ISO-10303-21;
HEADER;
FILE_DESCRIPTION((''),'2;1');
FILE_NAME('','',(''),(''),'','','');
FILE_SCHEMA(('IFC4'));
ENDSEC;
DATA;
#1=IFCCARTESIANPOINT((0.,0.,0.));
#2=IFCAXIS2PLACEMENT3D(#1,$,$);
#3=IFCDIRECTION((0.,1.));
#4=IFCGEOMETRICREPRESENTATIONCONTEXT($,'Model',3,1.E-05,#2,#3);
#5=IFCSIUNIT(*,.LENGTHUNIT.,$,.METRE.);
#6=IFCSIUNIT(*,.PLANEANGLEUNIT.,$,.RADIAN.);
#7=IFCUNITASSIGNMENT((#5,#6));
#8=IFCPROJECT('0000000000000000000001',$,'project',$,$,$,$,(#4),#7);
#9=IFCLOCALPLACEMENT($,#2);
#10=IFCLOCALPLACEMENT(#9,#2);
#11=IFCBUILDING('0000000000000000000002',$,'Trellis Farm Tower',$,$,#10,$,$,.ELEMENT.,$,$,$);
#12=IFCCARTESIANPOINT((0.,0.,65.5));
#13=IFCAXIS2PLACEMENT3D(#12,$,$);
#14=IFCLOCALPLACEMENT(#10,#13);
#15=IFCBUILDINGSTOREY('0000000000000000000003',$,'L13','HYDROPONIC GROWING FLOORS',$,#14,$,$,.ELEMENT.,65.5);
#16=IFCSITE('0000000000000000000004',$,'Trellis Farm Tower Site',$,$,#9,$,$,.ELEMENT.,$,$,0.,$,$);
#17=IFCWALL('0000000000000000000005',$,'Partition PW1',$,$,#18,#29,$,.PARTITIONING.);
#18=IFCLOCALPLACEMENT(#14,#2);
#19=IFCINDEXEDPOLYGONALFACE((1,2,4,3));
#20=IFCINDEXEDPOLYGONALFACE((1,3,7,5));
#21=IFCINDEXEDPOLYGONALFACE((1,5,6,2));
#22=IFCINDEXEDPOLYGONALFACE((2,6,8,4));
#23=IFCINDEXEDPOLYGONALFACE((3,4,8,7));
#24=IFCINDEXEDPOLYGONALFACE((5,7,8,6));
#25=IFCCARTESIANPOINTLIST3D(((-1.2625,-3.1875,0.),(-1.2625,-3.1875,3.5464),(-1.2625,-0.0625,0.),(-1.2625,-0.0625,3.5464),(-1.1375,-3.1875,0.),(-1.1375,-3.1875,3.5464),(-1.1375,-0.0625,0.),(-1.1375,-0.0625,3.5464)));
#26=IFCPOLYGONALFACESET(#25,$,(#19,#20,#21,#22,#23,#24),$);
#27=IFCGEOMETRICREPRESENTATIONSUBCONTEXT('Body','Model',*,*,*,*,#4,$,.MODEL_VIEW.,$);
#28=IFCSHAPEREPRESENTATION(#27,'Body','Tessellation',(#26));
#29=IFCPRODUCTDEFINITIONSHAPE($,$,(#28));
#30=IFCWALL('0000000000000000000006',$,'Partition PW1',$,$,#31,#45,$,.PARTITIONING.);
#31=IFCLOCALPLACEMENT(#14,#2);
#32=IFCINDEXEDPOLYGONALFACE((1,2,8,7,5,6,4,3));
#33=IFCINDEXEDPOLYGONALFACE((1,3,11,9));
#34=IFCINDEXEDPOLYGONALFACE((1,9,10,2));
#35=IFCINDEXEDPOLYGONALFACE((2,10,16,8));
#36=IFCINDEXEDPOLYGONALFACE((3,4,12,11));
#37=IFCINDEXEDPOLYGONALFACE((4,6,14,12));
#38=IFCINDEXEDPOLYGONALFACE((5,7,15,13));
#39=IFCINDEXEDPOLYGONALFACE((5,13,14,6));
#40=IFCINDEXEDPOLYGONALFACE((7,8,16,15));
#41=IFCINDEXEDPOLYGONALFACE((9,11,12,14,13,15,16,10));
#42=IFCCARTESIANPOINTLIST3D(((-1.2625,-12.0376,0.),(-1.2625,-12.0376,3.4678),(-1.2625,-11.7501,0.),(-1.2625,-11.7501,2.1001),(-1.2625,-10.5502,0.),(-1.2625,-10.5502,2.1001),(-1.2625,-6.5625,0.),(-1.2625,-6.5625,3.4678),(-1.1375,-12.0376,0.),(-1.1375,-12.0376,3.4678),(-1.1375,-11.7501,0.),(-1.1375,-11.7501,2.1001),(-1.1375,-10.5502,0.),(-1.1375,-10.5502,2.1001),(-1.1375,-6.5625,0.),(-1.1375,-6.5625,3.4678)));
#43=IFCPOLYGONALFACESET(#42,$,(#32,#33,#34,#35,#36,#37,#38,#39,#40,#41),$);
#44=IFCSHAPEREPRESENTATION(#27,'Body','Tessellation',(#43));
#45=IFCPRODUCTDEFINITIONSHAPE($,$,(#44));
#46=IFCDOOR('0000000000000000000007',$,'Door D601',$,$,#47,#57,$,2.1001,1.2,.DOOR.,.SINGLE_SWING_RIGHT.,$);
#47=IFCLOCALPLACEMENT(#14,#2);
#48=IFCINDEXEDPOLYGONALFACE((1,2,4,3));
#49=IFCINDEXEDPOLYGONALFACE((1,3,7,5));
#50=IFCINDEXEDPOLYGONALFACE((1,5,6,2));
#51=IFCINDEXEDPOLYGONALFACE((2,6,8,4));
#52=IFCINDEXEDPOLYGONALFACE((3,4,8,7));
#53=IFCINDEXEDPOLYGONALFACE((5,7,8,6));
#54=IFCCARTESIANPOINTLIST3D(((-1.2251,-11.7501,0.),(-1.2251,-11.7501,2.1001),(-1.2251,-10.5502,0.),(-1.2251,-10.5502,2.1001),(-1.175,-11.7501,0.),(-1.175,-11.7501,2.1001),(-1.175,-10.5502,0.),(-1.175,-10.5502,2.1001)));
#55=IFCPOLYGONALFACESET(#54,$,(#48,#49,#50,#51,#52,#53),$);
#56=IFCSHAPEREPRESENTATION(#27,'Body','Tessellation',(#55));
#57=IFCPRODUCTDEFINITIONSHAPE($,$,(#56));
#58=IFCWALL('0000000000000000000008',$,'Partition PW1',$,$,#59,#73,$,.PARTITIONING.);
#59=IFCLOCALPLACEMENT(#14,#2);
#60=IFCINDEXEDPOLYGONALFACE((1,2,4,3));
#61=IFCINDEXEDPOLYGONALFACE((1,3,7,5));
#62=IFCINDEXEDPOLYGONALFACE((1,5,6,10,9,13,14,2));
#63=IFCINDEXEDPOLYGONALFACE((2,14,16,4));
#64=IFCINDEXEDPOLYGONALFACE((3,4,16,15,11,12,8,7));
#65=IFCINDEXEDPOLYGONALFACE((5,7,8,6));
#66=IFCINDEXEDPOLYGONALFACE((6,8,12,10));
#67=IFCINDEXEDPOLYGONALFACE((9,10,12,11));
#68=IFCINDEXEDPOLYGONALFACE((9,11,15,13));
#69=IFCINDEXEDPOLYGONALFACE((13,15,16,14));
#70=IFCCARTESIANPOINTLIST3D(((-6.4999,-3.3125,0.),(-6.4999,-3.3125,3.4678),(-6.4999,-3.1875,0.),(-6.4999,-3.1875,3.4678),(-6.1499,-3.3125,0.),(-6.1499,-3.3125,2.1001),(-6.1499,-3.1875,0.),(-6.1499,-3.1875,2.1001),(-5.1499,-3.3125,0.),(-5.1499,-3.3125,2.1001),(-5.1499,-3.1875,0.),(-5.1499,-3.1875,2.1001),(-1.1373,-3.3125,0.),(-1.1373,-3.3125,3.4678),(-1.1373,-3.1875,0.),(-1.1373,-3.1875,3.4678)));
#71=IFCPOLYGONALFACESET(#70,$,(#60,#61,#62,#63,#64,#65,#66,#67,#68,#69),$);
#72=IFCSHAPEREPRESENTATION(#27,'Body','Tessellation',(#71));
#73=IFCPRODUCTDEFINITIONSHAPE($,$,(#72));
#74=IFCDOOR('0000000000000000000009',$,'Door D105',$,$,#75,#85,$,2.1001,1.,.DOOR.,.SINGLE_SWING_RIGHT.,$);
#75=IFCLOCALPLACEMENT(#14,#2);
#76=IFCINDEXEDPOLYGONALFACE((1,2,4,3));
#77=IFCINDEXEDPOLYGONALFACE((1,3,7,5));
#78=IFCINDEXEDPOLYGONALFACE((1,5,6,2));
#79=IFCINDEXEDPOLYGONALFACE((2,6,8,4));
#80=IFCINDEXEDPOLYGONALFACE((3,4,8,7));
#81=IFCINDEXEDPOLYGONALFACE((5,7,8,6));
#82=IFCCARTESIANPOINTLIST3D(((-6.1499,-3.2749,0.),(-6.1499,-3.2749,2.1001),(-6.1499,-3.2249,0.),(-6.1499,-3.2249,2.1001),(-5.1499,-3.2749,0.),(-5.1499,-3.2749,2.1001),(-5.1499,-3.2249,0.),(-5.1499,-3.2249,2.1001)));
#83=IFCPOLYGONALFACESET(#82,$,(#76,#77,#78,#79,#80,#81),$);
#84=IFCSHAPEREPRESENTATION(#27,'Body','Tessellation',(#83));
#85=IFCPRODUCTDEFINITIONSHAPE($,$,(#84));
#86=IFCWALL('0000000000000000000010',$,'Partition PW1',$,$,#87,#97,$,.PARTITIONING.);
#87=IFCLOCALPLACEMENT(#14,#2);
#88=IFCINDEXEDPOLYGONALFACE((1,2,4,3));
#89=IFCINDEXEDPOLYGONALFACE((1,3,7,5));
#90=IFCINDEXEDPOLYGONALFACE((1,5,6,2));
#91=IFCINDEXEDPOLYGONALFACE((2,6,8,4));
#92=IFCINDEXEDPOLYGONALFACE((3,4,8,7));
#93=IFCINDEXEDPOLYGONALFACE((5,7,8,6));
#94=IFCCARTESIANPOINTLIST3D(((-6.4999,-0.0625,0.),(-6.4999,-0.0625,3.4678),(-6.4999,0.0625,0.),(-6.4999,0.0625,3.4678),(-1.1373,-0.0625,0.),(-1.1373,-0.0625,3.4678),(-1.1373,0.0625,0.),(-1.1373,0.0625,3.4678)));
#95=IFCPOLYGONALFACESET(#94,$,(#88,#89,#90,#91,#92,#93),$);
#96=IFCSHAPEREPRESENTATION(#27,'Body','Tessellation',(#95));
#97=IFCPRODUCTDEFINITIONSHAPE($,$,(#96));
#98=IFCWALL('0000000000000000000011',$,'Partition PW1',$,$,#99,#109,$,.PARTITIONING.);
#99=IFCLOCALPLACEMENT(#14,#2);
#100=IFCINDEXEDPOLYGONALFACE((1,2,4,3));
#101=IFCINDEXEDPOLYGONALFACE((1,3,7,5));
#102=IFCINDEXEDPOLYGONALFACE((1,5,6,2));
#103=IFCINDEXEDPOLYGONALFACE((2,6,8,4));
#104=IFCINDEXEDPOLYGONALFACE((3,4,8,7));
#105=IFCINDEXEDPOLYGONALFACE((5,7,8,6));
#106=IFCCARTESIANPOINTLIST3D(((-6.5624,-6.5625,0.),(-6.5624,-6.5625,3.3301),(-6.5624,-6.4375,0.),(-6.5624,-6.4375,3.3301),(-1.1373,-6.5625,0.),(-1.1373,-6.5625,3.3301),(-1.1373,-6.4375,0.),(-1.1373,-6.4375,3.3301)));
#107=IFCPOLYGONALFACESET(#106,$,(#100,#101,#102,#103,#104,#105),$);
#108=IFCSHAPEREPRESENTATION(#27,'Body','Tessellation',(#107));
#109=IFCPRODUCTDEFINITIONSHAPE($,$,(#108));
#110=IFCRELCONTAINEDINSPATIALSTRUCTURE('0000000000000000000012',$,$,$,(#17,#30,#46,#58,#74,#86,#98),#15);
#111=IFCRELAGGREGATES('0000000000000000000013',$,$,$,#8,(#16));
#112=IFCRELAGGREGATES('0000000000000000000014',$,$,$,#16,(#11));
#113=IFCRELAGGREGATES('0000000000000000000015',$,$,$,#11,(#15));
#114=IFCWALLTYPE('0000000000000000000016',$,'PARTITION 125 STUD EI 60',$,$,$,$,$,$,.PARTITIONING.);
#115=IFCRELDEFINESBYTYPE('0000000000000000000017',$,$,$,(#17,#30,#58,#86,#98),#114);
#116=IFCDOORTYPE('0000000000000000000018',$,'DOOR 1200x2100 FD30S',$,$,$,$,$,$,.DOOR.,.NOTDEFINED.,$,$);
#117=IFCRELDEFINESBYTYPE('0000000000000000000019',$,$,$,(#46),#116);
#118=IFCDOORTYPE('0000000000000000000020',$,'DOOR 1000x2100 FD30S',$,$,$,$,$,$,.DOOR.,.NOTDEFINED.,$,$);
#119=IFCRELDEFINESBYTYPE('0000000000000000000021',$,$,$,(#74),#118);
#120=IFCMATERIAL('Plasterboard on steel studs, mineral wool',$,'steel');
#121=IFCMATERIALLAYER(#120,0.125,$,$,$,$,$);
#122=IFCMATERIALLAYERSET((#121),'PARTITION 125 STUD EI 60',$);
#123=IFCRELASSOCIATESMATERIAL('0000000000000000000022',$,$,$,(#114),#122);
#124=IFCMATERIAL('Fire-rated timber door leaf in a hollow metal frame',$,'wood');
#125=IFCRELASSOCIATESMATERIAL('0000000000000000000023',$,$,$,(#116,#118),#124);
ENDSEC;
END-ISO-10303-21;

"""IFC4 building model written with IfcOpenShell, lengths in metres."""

from ifc_helpers import new_model, si_unit, direction, frame, frame_2d, origin, place, context, subcontext, project, spatial, rectangle, extrude, source, transform, mapped, material, layer, layer_set, type_object, element, fill, save


model = new_model("IFC4")

# Units and contexts
model_context = context("Model", 3, precision=1e-05, world=origin(), true_north=direction((0.0, 1.0)))
body_context = subcontext(model_context, "Body", "Model", "MODEL_VIEW")
ifc_project = project(units=[si_unit("LENGTHUNIT", "METRE"), si_unit("PLANEANGLEUNIT", "RADIAN")], contexts=[model_context])

# Site, building, storey
site_placement = place(None, origin())
site = spatial("IfcSite", under=ifc_project, at=site_placement, Name="Trellis Farm Tower Site", CompositionType="ELEMENT", RefElevation=0.0)
building_placement = place(site_placement, origin())
building = spatial("IfcBuilding", under=site, at=building_placement, Name="Trellis Farm Tower", CompositionType="ELEMENT")
storey_placement = place(building_placement, frame((0.0, 0.0, 65.5)))
storey = spatial("IfcBuildingStorey", under=building, at=storey_placement, Name="L13", Description="HYDROPONIC GROWING FLOORS", CompositionType="ELEMENT", Elevation=65.5)

# Wall
ifc_material_1 = material(Name="Plasterboard on steel studs, mineral wool", Category="steel")
ifc_layer_1 = layer(ifc_material_1, 0.125)
ifc_layer_set_1 = layer_set([ifc_layer_1], Name="PARTITION 125 STUD EI 60")
wall_type = type_object("IfcWallType", Name="PARTITION 125 STUD EI 60", PredefinedType="PARTITIONING", material=ifc_layer_set_1)
shared_shape_1 = source(origin(), body_context, "Body", "SweptSolid", [
    extrude(rectangle(XDim=3.125, YDim=0.125, at=frame_2d((1.5625, 0.0))), origin(), (0.0, 0.0, 1.0), 3.5464),
])
wall_1_placement = place(storey_placement, frame((-1.2, -0.0625, 0.0), z_axis=(0.0, 0.0, 1.0), x_axis=(0.0, -1.0, 0.0)))
element("IfcWall", 1, at=wall_1_placement, inside=storey, type_object=wall_type, Name="Partition PW1", PredefinedType="PARTITIONING", context=body_context, shape_type="MappedRepresentation", body=[
    mapped(shared_shape_1, transform((0.0, 0.0, 0.0))),
])

# Walls, openings, doors
shared_shape_2 = source(origin(), body_context, "Body", "SweptSolid", [
    extrude(rectangle(XDim=5.4751, YDim=0.125, at=frame_2d((2.7375, 0.0))), origin(), (0.0, 0.0, 1.0), 3.4678),
])
wall_2_placement = place(storey_placement, frame((-1.2, -6.5625, 0.0), z_axis=(0.0, 0.0, 1.0), x_axis=(0.0, -1.0, 0.0)))
wall_2 = element("IfcWall", 2, at=wall_2_placement, inside=storey, type_object=wall_type, Name="Partition PW1", PredefinedType="PARTITIONING", context=body_context, shape_type="MappedRepresentation", body=[
    mapped(shared_shape_2, transform((0.0, 0.0, 0.0))),
])
shared_shape_3 = source(origin(), body_context, "Body", "SweptSolid", [
    extrude(rectangle(XDim=1.2, YDim=2.1001, at=frame_2d((0.6001, 1.05))), frame((0.0, 0.0725, 0.0), z_axis=(0.0, -1.0, 0.0), x_axis=(1.0, 0.0, 0.0)), (0.0, 0.0, 1.0), 0.145),
])
opening_1_placement = place(wall_2_placement, frame((3.9875, 0.0, 0.0)))
opening_1 = element("IfcOpeningElement", 3, at=opening_1_placement, cuts=wall_2, PredefinedType="OPENING", context=body_context, shape_type="MappedRepresentation", body=[
    mapped(shared_shape_3, transform((0.0, 0.0, 0.0))),
])
ifc_material_2 = material(Name="Fire-rated timber door leaf in a hollow metal frame", Category="wood")
door_type_1 = type_object("IfcDoorType", Name="DOOR 1200x2100 FD30S", OperationType="NOTDEFINED", PredefinedType="DOOR", material=ifc_material_2)
shared_shape_4 = source(origin(), body_context, "Body", "SweptSolid", [
    extrude(rectangle(XDim=1.2, YDim=2.1001, at=frame_2d((0.6001, 1.05))), frame((0.0, 0.0249, 0.0), z_axis=(0.0, -1.0, 0.0), x_axis=(1.0, 0.0, 0.0)), (0.0, 0.0, 1.0), 0.05),
])
door_1_placement = place(opening_1_placement, origin())
door_1 = element("IfcDoor", 4, at=door_1_placement, inside=storey, type_object=door_type_1, Name="Door D601", OperationType="SINGLE_SWING_RIGHT", OverallHeight=2.1001, OverallWidth=1.2, PredefinedType="DOOR", context=body_context, shape_type="MappedRepresentation", body=[
    mapped(shared_shape_4, transform((0.0, 0.0, 0.0))),
])
fill(opening_1, door_1)
shared_shape_5 = source(origin(), body_context, "Body", "SweptSolid", [
    extrude(rectangle(XDim=5.3625, YDim=0.125, at=frame_2d((2.6812, 0.0))), origin(), (0.0, 0.0, 1.0), 3.4678),
])
wall_3_placement = place(storey_placement, frame((-1.1375, -3.25, 0.0), z_axis=(0.0, 0.0, 1.0), x_axis=(-1.0, 0.0, 0.0)))
wall_3 = element("IfcWall", 5, at=wall_3_placement, inside=storey, type_object=wall_type, Name="Partition PW1", PredefinedType="PARTITIONING", context=body_context, shape_type="MappedRepresentation", body=[
    mapped(shared_shape_5, transform((0.0, 0.0, 0.0))),
])
shared_shape_6 = source(origin(), body_context, "Body", "SweptSolid", [
    extrude(rectangle(XDim=1.0, YDim=2.1001, at=frame_2d((0.5, 1.05))), frame((0.0, 0.0725, 0.0), z_axis=(0.0, -1.0, 0.0), x_axis=(1.0, 0.0, 0.0)), (0.0, 0.0, 1.0), 0.145),
])
opening_2_placement = place(wall_3_placement, frame((4.0125, 0.0, 0.0)))
opening_2 = element("IfcOpeningElement", 6, at=opening_2_placement, cuts=wall_3, PredefinedType="OPENING", context=body_context, shape_type="MappedRepresentation", body=[
    mapped(shared_shape_6, transform((0.0, 0.0, 0.0))),
])
door_type_2 = type_object("IfcDoorType", Name="DOOR 1000x2100 FD30S", OperationType="NOTDEFINED", PredefinedType="DOOR", material=ifc_material_2)
shared_shape_7 = source(origin(), body_context, "Body", "SweptSolid", [
    extrude(rectangle(XDim=1.0, YDim=2.1001, at=frame_2d((0.5, 1.05))), frame((0.0, 0.0249, 0.0), z_axis=(0.0, -1.0, 0.0), x_axis=(1.0, 0.0, 0.0)), (0.0, 0.0, 1.0), 0.05),
])
door_2_placement = place(opening_2_placement, origin())
door_2 = element("IfcDoor", 7, at=door_2_placement, inside=storey, type_object=door_type_2, Name="Door D105", OperationType="SINGLE_SWING_RIGHT", OverallHeight=2.1001, OverallWidth=1.0, PredefinedType="DOOR", context=body_context, shape_type="MappedRepresentation", body=[
    mapped(shared_shape_7, transform((0.0, 0.0, 0.0))),
])
fill(opening_2, door_2)

# Walls
wall_4_placement = place(storey_placement, frame((-1.1375, 0.0, 0.0), z_axis=(0.0, 0.0, 1.0), x_axis=(-1.0, 0.0, 0.0)))
element("IfcWall", 8, at=wall_4_placement, inside=storey, type_object=wall_type, Name="Partition PW1", PredefinedType="PARTITIONING", context=body_context, shape_type="MappedRepresentation", body=[
    mapped(shared_shape_5, transform((0.0, 0.0, 0.0))),
])
shared_shape_8 = source(origin(), body_context, "Body", "SweptSolid", [
    extrude(rectangle(XDim=5.425, YDim=0.125, at=frame_2d((2.7124, 0.0))), origin(), (0.0, 0.0, 1.0), 3.3301),
])
wall_5_placement = place(storey_placement, frame((-1.1375, -6.5, 0.0), z_axis=(0.0, 0.0, 1.0), x_axis=(-1.0, 0.0, 0.0)))
element("IfcWall", 9, at=wall_5_placement, inside=storey, type_object=wall_type, Name="Partition PW1", PredefinedType="PARTITIONING", context=body_context, shape_type="MappedRepresentation", body=[
    mapped(shared_shape_8, transform((0.0, 0.0, 0.0))),
])

save(model, "model.ifc")
